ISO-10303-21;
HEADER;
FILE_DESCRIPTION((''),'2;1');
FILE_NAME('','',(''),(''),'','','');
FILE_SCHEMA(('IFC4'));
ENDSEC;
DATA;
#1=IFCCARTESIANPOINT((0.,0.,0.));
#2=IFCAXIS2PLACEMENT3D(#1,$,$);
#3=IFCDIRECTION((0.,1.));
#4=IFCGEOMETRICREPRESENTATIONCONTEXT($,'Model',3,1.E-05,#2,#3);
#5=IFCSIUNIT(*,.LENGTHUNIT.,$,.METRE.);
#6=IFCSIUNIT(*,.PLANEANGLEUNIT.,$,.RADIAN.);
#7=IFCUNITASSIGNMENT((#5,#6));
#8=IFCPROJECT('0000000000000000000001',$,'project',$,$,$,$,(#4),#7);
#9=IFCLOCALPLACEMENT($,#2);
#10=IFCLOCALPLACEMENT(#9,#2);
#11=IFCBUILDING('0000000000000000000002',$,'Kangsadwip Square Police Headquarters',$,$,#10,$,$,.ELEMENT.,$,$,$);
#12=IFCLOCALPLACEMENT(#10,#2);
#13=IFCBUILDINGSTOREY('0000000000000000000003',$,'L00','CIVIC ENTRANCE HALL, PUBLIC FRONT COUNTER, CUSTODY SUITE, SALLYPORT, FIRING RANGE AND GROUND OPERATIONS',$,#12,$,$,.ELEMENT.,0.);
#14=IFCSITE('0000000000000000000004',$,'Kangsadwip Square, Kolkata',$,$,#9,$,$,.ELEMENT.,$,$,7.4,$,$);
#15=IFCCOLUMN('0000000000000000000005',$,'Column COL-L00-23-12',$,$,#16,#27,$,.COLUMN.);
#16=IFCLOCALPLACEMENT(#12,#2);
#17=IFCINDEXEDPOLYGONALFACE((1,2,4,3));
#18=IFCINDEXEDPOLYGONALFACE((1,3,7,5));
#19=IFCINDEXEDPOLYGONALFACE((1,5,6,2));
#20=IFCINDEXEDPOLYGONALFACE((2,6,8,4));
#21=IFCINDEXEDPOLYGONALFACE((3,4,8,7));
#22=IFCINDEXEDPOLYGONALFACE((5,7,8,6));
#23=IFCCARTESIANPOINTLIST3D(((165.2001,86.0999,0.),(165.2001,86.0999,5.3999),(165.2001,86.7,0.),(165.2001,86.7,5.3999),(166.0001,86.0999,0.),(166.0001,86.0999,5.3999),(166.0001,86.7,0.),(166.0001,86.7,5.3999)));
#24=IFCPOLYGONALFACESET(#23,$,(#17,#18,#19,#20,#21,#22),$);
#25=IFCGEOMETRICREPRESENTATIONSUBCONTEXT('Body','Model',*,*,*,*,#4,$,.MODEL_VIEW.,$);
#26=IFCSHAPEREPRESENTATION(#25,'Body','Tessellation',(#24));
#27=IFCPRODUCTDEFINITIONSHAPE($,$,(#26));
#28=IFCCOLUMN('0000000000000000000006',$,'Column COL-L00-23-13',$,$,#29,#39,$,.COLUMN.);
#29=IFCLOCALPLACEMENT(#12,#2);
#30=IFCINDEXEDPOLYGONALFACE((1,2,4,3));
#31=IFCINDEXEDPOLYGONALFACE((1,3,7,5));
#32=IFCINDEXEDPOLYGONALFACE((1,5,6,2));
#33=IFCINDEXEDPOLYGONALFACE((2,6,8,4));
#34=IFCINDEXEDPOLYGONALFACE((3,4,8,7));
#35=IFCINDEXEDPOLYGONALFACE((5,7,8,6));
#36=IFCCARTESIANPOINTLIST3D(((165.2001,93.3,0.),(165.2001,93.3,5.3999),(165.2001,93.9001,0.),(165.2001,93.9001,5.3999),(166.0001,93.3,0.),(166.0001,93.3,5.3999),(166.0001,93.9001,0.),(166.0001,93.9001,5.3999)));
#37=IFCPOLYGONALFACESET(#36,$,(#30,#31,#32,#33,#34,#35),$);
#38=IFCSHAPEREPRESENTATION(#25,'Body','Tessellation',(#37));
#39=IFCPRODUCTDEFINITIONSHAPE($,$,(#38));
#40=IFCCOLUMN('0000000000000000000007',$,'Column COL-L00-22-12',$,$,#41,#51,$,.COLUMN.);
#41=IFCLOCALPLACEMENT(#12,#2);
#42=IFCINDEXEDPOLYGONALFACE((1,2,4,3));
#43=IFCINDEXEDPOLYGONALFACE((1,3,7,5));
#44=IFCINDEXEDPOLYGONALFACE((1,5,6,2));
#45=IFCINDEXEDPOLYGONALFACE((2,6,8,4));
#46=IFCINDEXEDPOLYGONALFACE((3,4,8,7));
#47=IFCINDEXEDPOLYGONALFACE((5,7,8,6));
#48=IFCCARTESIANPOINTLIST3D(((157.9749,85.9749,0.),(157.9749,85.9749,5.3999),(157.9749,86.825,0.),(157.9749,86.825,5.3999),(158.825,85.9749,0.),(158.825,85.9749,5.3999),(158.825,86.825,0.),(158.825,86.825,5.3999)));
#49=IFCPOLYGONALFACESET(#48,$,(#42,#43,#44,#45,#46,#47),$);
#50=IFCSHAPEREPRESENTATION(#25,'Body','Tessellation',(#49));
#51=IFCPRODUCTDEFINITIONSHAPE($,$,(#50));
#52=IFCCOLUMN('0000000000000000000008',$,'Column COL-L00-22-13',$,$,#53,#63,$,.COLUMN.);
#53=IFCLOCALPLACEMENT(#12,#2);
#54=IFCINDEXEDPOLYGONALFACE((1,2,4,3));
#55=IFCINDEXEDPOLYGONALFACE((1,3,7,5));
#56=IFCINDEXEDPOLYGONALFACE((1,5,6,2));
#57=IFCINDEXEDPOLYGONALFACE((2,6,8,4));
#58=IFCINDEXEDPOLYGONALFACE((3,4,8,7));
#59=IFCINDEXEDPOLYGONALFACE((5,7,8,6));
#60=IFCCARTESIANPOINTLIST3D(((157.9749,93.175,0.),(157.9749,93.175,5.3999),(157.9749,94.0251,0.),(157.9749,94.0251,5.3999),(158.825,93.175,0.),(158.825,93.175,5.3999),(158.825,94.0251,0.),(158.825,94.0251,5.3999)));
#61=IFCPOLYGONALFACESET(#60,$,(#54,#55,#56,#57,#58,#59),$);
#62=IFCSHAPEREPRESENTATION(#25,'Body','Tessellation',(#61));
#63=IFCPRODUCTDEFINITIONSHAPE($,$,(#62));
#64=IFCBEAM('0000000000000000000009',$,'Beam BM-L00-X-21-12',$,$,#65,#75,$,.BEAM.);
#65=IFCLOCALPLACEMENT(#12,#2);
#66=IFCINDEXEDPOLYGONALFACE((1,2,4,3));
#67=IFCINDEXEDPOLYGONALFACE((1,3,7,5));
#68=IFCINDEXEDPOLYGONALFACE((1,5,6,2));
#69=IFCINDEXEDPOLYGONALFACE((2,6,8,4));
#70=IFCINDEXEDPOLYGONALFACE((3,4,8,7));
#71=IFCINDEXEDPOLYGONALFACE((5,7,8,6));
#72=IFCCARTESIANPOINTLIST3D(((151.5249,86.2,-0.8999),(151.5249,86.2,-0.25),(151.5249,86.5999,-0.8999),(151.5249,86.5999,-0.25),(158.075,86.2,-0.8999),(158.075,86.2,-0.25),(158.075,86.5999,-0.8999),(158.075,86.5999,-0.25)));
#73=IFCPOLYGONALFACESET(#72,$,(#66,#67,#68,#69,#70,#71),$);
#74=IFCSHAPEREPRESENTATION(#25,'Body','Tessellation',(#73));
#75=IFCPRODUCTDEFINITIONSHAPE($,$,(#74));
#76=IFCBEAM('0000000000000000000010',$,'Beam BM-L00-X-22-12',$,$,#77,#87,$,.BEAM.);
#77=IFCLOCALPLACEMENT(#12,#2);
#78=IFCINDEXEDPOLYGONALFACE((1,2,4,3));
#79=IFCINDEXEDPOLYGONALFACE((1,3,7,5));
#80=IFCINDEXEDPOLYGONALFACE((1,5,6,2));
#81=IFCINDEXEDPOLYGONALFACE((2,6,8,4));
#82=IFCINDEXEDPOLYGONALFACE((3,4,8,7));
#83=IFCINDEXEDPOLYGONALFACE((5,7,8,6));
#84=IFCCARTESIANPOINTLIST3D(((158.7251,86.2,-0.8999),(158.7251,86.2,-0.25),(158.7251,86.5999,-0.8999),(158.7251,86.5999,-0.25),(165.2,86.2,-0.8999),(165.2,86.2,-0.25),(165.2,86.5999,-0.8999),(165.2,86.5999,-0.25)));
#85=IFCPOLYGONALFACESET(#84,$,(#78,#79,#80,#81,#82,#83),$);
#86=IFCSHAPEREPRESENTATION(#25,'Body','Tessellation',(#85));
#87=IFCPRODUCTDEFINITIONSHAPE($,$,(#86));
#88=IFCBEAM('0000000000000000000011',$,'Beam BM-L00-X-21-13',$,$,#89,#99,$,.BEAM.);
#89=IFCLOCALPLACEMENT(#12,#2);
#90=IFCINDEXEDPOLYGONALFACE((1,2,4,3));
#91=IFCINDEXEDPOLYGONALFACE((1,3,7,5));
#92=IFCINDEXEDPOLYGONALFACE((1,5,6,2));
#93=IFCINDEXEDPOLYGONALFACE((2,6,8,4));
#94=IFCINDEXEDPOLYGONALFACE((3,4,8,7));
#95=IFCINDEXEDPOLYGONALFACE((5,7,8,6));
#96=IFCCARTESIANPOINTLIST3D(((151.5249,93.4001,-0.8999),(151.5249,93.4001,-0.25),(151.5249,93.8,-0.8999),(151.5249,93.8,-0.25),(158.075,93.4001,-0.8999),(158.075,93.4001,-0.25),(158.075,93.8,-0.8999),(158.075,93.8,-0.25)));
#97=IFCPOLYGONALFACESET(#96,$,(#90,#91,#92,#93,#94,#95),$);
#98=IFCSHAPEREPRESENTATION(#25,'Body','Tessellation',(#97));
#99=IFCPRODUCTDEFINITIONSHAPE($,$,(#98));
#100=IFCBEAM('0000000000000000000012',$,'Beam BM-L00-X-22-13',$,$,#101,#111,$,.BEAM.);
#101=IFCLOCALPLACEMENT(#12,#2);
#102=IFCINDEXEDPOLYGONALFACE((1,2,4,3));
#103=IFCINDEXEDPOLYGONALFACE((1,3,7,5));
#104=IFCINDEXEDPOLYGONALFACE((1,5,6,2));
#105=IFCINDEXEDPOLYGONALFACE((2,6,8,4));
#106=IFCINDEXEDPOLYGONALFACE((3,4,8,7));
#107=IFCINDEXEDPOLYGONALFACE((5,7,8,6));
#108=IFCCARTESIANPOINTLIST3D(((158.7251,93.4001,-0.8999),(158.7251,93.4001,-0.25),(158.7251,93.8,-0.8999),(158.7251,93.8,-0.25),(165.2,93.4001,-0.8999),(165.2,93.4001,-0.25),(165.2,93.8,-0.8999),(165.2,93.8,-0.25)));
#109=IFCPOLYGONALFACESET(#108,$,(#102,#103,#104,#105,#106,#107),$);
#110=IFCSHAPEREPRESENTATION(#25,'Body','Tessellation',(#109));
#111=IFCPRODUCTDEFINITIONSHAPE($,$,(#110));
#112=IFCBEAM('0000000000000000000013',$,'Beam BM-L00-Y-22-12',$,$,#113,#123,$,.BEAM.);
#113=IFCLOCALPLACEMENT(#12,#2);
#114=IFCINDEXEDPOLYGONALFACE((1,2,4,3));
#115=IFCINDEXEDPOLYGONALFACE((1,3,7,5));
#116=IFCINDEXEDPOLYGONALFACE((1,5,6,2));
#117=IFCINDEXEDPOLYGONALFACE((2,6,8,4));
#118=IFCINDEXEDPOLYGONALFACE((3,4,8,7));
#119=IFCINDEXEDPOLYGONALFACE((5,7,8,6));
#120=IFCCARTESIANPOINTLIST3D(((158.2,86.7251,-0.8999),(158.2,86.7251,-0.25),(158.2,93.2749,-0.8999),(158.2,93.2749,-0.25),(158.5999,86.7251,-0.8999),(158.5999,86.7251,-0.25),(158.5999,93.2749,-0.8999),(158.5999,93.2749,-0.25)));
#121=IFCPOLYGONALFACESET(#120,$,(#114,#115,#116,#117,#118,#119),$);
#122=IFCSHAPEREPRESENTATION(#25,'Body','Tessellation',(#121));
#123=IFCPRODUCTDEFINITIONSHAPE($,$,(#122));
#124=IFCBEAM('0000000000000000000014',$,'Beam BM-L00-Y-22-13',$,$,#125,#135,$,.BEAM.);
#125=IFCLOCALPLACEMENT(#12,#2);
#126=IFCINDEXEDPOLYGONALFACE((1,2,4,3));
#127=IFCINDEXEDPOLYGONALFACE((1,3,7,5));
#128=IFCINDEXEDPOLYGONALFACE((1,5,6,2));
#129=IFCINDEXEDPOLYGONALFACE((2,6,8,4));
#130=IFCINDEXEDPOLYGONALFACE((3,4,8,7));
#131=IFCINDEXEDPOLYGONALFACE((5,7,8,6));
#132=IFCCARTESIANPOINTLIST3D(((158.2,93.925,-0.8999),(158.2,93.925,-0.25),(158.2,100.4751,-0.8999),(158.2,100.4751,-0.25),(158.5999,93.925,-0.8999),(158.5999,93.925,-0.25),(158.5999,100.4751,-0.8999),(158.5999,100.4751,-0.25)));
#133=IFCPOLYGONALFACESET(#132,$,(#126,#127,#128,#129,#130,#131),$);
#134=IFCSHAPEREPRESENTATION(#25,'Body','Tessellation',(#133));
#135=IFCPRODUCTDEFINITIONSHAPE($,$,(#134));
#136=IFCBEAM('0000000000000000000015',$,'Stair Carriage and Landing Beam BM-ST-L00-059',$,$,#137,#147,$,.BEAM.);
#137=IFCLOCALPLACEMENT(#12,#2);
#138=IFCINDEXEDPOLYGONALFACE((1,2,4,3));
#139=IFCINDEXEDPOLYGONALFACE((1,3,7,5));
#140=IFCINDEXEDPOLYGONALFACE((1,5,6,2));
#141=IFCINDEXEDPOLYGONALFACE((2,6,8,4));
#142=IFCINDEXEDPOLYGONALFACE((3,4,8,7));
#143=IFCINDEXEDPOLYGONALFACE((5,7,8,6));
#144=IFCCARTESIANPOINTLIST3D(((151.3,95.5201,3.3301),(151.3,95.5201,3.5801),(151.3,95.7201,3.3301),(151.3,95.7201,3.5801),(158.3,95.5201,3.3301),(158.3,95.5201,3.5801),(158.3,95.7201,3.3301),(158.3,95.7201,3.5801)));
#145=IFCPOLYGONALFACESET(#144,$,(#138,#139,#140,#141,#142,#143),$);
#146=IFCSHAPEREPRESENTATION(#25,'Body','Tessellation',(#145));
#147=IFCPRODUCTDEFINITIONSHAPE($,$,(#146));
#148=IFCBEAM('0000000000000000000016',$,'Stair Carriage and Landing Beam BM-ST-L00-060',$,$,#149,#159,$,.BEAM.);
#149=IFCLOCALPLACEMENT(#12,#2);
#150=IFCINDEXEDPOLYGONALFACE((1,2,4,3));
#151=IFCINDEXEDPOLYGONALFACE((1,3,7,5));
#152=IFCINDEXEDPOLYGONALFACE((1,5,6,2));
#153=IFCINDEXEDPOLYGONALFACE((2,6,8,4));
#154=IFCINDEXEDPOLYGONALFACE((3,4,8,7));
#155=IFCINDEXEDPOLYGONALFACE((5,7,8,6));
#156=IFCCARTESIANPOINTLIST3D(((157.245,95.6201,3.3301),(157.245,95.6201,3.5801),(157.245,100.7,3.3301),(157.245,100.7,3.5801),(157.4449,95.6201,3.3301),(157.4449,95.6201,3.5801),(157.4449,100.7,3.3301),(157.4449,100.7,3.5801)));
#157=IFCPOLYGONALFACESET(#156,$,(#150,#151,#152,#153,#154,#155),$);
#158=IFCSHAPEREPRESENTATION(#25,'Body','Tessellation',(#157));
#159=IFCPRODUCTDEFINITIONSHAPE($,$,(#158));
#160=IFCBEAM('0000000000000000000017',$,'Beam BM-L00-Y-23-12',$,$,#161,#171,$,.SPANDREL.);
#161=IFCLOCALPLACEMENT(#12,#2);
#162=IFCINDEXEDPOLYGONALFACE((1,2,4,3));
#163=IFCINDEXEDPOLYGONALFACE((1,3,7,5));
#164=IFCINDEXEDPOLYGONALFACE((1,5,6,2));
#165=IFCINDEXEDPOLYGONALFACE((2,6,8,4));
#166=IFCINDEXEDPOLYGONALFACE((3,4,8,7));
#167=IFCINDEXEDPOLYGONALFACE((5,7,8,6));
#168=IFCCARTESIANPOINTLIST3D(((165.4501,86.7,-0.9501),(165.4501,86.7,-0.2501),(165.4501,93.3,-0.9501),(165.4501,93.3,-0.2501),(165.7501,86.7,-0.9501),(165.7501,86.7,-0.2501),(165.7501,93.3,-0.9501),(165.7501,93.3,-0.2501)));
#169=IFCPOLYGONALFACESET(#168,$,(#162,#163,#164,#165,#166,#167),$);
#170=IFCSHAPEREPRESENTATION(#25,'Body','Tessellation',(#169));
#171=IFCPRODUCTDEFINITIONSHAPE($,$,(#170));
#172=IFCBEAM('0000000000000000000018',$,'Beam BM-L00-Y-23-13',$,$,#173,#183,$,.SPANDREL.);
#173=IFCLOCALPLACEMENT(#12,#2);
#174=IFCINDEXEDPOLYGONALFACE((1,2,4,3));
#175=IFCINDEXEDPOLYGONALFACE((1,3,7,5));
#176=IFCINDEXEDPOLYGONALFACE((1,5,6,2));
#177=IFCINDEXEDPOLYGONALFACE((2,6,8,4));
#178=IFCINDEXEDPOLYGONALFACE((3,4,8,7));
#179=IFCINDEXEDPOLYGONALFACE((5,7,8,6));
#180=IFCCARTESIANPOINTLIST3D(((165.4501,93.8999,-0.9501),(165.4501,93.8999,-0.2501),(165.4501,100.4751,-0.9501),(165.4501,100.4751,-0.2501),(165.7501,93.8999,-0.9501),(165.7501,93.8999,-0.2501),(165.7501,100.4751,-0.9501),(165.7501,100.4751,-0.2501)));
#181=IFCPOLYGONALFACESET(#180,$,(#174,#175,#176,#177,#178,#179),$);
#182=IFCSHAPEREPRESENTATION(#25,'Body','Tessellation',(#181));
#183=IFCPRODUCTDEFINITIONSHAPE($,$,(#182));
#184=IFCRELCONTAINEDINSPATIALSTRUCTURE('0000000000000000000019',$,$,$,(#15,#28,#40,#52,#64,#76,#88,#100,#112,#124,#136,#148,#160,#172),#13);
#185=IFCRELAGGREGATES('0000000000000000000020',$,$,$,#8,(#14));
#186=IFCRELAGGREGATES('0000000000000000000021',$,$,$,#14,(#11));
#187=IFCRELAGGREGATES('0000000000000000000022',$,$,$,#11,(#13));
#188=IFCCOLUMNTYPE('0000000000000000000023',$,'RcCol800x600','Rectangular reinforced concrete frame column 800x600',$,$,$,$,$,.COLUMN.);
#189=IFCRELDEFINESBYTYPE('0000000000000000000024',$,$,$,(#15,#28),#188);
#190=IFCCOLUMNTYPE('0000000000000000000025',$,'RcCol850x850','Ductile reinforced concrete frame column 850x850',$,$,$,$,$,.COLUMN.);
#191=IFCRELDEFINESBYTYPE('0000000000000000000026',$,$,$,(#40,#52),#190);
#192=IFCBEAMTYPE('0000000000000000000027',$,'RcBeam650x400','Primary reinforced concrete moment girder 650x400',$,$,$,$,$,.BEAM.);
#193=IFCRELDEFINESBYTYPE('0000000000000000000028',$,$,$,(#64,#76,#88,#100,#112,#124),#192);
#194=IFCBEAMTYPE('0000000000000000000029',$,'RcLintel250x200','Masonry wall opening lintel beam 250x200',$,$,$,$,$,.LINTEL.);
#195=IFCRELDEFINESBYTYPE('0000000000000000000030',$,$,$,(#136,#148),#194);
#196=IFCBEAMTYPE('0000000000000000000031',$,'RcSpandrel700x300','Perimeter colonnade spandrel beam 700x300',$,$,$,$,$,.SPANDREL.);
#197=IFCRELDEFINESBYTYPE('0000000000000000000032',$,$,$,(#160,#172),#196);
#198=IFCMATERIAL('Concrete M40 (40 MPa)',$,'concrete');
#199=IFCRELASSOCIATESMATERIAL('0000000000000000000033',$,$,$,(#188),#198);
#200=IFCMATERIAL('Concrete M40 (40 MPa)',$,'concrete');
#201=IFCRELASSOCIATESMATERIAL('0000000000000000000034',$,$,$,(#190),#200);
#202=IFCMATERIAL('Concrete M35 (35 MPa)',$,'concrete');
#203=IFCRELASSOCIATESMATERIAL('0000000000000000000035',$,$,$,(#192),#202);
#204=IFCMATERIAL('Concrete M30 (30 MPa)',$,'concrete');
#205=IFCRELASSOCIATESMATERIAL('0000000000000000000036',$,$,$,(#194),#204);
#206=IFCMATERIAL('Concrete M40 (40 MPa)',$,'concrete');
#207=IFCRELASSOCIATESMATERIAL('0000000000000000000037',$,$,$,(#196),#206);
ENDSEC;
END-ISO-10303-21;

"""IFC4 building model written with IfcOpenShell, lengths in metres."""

from ifc_helpers import new_model, si_unit, direction, frame, origin, origin_2d, place, context, subcontext, project, spatial, rectangle, extrude, material, material_profile, profile_set, type_object, element, save


model = new_model("IFC4")

# Units and contexts
model_context = context("Model", 3, precision=1e-05, world=origin(), true_north=direction((0.0, 1.0)))
body_context = subcontext(model_context, "Body", "Model", "MODEL_VIEW")
ifc_project = project(units=[si_unit("LENGTHUNIT", "METRE"), si_unit("PLANEANGLEUNIT", "RADIAN")], contexts=[model_context])

# Site, building, storey
site_placement = place(None, origin())
site = spatial("IfcSite", under=ifc_project, at=site_placement, Name="Kangsadwip Square, Kolkata", CompositionType="ELEMENT", RefElevation=7.4)
building_placement = place(site_placement, origin())
building = spatial("IfcBuilding", under=site, at=building_placement, Name="Kangsadwip Square Police Headquarters", CompositionType="ELEMENT")
storey_placement = place(building_placement, origin())
storey = spatial("IfcBuildingStorey", under=building, at=storey_placement, Name="L00", Description="CIVIC ENTRANCE HALL, PUBLIC FRONT COUNTER, CUSTODY SUITE, SALLYPORT, FIRING RANGE AND GROUND OPERATIONS", CompositionType="ELEMENT", Elevation=0.0)

# Columns
ifc_material_1 = material(Name="Concrete M40 (40 MPa)", Category="concrete")
ifc_material_profile_1 = material_profile(ifc_material_1, rectangle(XDim=0.6001, YDim=0.8, at=origin_2d()), Name="RC COL 800X600")
ifc_profile_set_1 = profile_set([ifc_material_profile_1], Name="Concrete M40 (40 MPa)")
column_type_1 = type_object("IfcColumnType", Name="RcCol800x600", Description="Rectangular reinforced concrete frame column 800x600", PredefinedType="COLUMN", material=ifc_profile_set_1)
for number, where, z_axis, x_axis, name in (
    (1, (165.6001, 86.3999, 0.0), (0.0, 0.0, 1.0), (0.0, 1.0, 0.0), "Column COL-L00-23-12"),
    (2, (165.6001, 93.6001, 0.0), (0.0, 0.0, 1.0), (0.0, 1.0, 0.0), "Column COL-L00-23-13"),
):
    element("IfcColumn", number, at=place(storey_placement, frame(where, z_axis=z_axis, x_axis=x_axis)), inside=storey, type_object=column_type_1, Name=name, PredefinedType="COLUMN", context=body_context, shape_type="SweptSolid", body=[
        extrude(rectangle(XDim=0.6001, YDim=0.8, at=origin_2d()), origin(), (0.0, 0.0, 1.0), 5.3999),
    ])
ifc_material_2 = material(Name="Concrete M40 (40 MPa)", Category="concrete")
ifc_material_profile_2 = material_profile(ifc_material_2, rectangle(XDim=0.8501, YDim=0.8501, at=origin_2d()), Name="RC COL 850X850")
ifc_profile_set_2 = profile_set([ifc_material_profile_2], Name="Concrete M40 (40 MPa)")
column_type_2 = type_object("IfcColumnType", Name="RcCol850x850", Description="Ductile reinforced concrete frame column 850x850", PredefinedType="COLUMN", material=ifc_profile_set_2)
for number, where, z_axis, x_axis, name in (
    (3, (158.3999, 86.3999, 0.0), (0.0, 0.0, 1.0), (1.0, 0.0, 0.0), "Column COL-L00-22-12"),
    (4, (158.3999, 93.6001, 0.0), (0.0, 0.0, 1.0), (1.0, 0.0, 0.0), "Column COL-L00-22-13"),
):
    element("IfcColumn", number, at=place(storey_placement, frame(where, z_axis=z_axis, x_axis=x_axis)), inside=storey, type_object=column_type_2, Name=name, PredefinedType="COLUMN", context=body_context, shape_type="SweptSolid", body=[
        extrude(rectangle(XDim=0.8501, YDim=0.8501, at=origin_2d()), origin(), (0.0, 0.0, 1.0), 5.3999),
    ])

# Beams
ifc_material_3 = material(Name="Concrete M35 (35 MPa)", Category="concrete")
ifc_material_profile_3 = material_profile(ifc_material_3, rectangle(XDim=0.3999, YDim=0.6499, at=origin_2d()), Name="RC BM 650X400")
ifc_profile_set_3 = profile_set([ifc_material_profile_3], Name="Concrete M35 (35 MPa)")
beam_type_1 = type_object("IfcBeamType", Name="RcBeam650x400", Description="Primary reinforced concrete moment girder 650x400", PredefinedType="BEAM", material=ifc_profile_set_3)
beam_1_placement = place(storey_placement, frame((151.5249, 86.3999, -0.575), z_axis=(1.0, 0.0, 0.0), x_axis=(0.0, 1.0, 0.0)))
element("IfcBeam", 5, at=beam_1_placement, inside=storey, type_object=beam_type_1, Name="Beam BM-L00-X-21-12", PredefinedType="BEAM", context=body_context, shape_type="SweptSolid", body=[
    extrude(rectangle(XDim=0.3999, YDim=0.6499, at=origin_2d()), origin(), (0.0, 0.0, 1.0), 6.55),
])
beam_2_placement = place(storey_placement, frame((158.7251, 86.3999, -0.575), z_axis=(1.0, 0.0, 0.0), x_axis=(0.0, 1.0, 0.0)))
element("IfcBeam", 6, at=beam_2_placement, inside=storey, type_object=beam_type_1, Name="Beam BM-L00-X-22-12", PredefinedType="BEAM", context=body_context, shape_type="SweptSolid", body=[
    extrude(rectangle(XDim=0.3999, YDim=0.6499, at=origin_2d()), origin(), (0.0, 0.0, 1.0), 6.4749),
])
beam_3_placement = place(storey_placement, frame((151.5249, 93.6001, -0.575), z_axis=(1.0, 0.0, 0.0), x_axis=(0.0, 1.0, 0.0)))
element("IfcBeam", 7, at=beam_3_placement, inside=storey, type_object=beam_type_1, Name="Beam BM-L00-X-21-13", PredefinedType="BEAM", context=body_context, shape_type="SweptSolid", body=[
    extrude(rectangle(XDim=0.3999, YDim=0.6499, at=origin_2d()), origin(), (0.0, 0.0, 1.0), 6.55),
])
beam_4_placement = place(storey_placement, frame((158.7251, 93.6001, -0.575), z_axis=(1.0, 0.0, 0.0), x_axis=(0.0, 1.0, 0.0)))
element("IfcBeam", 8, at=beam_4_placement, inside=storey, type_object=beam_type_1, Name="Beam BM-L00-X-22-13", PredefinedType="BEAM", context=body_context, shape_type="SweptSolid", body=[
    extrude(rectangle(XDim=0.3999, YDim=0.6499, at=origin_2d()), origin(), (0.0, 0.0, 1.0), 6.4749),
])
beam_5_placement = place(storey_placement, frame((158.3999, 86.7251, -0.575), z_axis=(0.0, 1.0, 0.0), x_axis=(-1.0, 0.0, 0.0)))
element("IfcBeam", 9, at=beam_5_placement, inside=storey, type_object=beam_type_1, Name="Beam BM-L00-Y-22-12", PredefinedType="BEAM", context=body_context, shape_type="SweptSolid", body=[
    extrude(rectangle(XDim=0.3999, YDim=0.6499, at=origin_2d()), origin(), (0.0, 0.0, 1.0), 6.5498),
])
beam_6_placement = place(storey_placement, frame((158.3999, 93.925, -0.575), z_axis=(0.0, 1.0, 0.0), x_axis=(-1.0, 0.0, 0.0)))
element("IfcBeam", 10, at=beam_6_placement, inside=storey, type_object=beam_type_1, Name="Beam BM-L00-Y-22-13", PredefinedType="BEAM", context=body_context, shape_type="SweptSolid", body=[
    extrude(rectangle(XDim=0.3999, YDim=0.6499, at=origin_2d()), origin(), (0.0, 0.0, 1.0), 6.55),
])
ifc_material_4 = material(Name="Concrete M30 (30 MPa)", Category="concrete")
ifc_material_profile_4 = material_profile(ifc_material_4, rectangle(XDim=0.2, YDim=0.25, at=origin_2d()), Name="RC LNT 250X200")
ifc_profile_set_4 = profile_set([ifc_material_profile_4], Name="Concrete M30 (30 MPa)")
beam_type_2 = type_object("IfcBeamType", Name="RcLintel250x200", Description="Masonry wall opening lintel beam 250x200", PredefinedType="LINTEL", material=ifc_profile_set_4)
beam_7_placement = place(storey_placement, frame((151.3, 95.6201, 3.4551), z_axis=(1.0, 0.0, 0.0), x_axis=(0.0, 1.0, 0.0)))
element("IfcBeam", 11, at=beam_7_placement, inside=storey, type_object=beam_type_2, Name="Stair Carriage and Landing Beam BM-ST-L00-059", PredefinedType="BEAM", context=body_context, shape_type="SweptSolid", body=[
    extrude(rectangle(XDim=0.2, YDim=0.25, at=origin_2d()), origin(), (0.0, 0.0, 1.0), 7.0),
])
beam_8_placement = place(storey_placement, frame((157.345, 95.6201, 3.4551), z_axis=(0.0, 1.0, 0.0), x_axis=(-1.0, 0.0, 0.0)))
element("IfcBeam", 12, at=beam_8_placement, inside=storey, type_object=beam_type_2, Name="Stair Carriage and Landing Beam BM-ST-L00-060", PredefinedType="BEAM", context=body_context, shape_type="SweptSolid", body=[
    extrude(rectangle(XDim=0.2, YDim=0.25, at=origin_2d()), origin(), (0.0, 0.0, 1.0), 5.0798),
])
ifc_material_5 = material(Name="Concrete M40 (40 MPa)", Category="concrete")
ifc_material_profile_5 = material_profile(ifc_material_5, rectangle(XDim=0.3, YDim=0.7, at=origin_2d()), Name="RC SPN 700X300")
ifc_profile_set_5 = profile_set([ifc_material_profile_5], Name="Concrete M40 (40 MPa)")
beam_type_3 = type_object("IfcBeamType", Name="RcSpandrel700x300", Description="Perimeter colonnade spandrel beam 700x300", PredefinedType="SPANDREL", material=ifc_profile_set_5)
beam_9_placement = place(storey_placement, frame((165.6001, 86.7, -0.6001), z_axis=(0.0, 1.0, 0.0), x_axis=(-1.0, 0.0, 0.0)))
element("IfcBeam", 13, at=beam_9_placement, inside=storey, type_object=beam_type_3, Name="Beam BM-L00-Y-23-12", PredefinedType="SPANDREL", context=body_context, shape_type="SweptSolid", body=[
    extrude(rectangle(XDim=0.3, YDim=0.7, at=origin_2d()), origin(), (0.0, 0.0, 1.0), 6.6001),
])
beam_10_placement = place(storey_placement, frame((165.6001, 93.8999, -0.6001), z_axis=(0.0, 1.0, 0.0), x_axis=(-1.0, 0.0, 0.0)))
element("IfcBeam", 14, at=beam_10_placement, inside=storey, type_object=beam_type_3, Name="Beam BM-L00-Y-23-13", PredefinedType="SPANDREL", context=body_context, shape_type="SweptSolid", body=[
    extrude(rectangle(XDim=0.3, YDim=0.7, at=origin_2d()), origin(), (0.0, 0.0, 1.0), 6.5752),
])

save(model, "model.ifc")
